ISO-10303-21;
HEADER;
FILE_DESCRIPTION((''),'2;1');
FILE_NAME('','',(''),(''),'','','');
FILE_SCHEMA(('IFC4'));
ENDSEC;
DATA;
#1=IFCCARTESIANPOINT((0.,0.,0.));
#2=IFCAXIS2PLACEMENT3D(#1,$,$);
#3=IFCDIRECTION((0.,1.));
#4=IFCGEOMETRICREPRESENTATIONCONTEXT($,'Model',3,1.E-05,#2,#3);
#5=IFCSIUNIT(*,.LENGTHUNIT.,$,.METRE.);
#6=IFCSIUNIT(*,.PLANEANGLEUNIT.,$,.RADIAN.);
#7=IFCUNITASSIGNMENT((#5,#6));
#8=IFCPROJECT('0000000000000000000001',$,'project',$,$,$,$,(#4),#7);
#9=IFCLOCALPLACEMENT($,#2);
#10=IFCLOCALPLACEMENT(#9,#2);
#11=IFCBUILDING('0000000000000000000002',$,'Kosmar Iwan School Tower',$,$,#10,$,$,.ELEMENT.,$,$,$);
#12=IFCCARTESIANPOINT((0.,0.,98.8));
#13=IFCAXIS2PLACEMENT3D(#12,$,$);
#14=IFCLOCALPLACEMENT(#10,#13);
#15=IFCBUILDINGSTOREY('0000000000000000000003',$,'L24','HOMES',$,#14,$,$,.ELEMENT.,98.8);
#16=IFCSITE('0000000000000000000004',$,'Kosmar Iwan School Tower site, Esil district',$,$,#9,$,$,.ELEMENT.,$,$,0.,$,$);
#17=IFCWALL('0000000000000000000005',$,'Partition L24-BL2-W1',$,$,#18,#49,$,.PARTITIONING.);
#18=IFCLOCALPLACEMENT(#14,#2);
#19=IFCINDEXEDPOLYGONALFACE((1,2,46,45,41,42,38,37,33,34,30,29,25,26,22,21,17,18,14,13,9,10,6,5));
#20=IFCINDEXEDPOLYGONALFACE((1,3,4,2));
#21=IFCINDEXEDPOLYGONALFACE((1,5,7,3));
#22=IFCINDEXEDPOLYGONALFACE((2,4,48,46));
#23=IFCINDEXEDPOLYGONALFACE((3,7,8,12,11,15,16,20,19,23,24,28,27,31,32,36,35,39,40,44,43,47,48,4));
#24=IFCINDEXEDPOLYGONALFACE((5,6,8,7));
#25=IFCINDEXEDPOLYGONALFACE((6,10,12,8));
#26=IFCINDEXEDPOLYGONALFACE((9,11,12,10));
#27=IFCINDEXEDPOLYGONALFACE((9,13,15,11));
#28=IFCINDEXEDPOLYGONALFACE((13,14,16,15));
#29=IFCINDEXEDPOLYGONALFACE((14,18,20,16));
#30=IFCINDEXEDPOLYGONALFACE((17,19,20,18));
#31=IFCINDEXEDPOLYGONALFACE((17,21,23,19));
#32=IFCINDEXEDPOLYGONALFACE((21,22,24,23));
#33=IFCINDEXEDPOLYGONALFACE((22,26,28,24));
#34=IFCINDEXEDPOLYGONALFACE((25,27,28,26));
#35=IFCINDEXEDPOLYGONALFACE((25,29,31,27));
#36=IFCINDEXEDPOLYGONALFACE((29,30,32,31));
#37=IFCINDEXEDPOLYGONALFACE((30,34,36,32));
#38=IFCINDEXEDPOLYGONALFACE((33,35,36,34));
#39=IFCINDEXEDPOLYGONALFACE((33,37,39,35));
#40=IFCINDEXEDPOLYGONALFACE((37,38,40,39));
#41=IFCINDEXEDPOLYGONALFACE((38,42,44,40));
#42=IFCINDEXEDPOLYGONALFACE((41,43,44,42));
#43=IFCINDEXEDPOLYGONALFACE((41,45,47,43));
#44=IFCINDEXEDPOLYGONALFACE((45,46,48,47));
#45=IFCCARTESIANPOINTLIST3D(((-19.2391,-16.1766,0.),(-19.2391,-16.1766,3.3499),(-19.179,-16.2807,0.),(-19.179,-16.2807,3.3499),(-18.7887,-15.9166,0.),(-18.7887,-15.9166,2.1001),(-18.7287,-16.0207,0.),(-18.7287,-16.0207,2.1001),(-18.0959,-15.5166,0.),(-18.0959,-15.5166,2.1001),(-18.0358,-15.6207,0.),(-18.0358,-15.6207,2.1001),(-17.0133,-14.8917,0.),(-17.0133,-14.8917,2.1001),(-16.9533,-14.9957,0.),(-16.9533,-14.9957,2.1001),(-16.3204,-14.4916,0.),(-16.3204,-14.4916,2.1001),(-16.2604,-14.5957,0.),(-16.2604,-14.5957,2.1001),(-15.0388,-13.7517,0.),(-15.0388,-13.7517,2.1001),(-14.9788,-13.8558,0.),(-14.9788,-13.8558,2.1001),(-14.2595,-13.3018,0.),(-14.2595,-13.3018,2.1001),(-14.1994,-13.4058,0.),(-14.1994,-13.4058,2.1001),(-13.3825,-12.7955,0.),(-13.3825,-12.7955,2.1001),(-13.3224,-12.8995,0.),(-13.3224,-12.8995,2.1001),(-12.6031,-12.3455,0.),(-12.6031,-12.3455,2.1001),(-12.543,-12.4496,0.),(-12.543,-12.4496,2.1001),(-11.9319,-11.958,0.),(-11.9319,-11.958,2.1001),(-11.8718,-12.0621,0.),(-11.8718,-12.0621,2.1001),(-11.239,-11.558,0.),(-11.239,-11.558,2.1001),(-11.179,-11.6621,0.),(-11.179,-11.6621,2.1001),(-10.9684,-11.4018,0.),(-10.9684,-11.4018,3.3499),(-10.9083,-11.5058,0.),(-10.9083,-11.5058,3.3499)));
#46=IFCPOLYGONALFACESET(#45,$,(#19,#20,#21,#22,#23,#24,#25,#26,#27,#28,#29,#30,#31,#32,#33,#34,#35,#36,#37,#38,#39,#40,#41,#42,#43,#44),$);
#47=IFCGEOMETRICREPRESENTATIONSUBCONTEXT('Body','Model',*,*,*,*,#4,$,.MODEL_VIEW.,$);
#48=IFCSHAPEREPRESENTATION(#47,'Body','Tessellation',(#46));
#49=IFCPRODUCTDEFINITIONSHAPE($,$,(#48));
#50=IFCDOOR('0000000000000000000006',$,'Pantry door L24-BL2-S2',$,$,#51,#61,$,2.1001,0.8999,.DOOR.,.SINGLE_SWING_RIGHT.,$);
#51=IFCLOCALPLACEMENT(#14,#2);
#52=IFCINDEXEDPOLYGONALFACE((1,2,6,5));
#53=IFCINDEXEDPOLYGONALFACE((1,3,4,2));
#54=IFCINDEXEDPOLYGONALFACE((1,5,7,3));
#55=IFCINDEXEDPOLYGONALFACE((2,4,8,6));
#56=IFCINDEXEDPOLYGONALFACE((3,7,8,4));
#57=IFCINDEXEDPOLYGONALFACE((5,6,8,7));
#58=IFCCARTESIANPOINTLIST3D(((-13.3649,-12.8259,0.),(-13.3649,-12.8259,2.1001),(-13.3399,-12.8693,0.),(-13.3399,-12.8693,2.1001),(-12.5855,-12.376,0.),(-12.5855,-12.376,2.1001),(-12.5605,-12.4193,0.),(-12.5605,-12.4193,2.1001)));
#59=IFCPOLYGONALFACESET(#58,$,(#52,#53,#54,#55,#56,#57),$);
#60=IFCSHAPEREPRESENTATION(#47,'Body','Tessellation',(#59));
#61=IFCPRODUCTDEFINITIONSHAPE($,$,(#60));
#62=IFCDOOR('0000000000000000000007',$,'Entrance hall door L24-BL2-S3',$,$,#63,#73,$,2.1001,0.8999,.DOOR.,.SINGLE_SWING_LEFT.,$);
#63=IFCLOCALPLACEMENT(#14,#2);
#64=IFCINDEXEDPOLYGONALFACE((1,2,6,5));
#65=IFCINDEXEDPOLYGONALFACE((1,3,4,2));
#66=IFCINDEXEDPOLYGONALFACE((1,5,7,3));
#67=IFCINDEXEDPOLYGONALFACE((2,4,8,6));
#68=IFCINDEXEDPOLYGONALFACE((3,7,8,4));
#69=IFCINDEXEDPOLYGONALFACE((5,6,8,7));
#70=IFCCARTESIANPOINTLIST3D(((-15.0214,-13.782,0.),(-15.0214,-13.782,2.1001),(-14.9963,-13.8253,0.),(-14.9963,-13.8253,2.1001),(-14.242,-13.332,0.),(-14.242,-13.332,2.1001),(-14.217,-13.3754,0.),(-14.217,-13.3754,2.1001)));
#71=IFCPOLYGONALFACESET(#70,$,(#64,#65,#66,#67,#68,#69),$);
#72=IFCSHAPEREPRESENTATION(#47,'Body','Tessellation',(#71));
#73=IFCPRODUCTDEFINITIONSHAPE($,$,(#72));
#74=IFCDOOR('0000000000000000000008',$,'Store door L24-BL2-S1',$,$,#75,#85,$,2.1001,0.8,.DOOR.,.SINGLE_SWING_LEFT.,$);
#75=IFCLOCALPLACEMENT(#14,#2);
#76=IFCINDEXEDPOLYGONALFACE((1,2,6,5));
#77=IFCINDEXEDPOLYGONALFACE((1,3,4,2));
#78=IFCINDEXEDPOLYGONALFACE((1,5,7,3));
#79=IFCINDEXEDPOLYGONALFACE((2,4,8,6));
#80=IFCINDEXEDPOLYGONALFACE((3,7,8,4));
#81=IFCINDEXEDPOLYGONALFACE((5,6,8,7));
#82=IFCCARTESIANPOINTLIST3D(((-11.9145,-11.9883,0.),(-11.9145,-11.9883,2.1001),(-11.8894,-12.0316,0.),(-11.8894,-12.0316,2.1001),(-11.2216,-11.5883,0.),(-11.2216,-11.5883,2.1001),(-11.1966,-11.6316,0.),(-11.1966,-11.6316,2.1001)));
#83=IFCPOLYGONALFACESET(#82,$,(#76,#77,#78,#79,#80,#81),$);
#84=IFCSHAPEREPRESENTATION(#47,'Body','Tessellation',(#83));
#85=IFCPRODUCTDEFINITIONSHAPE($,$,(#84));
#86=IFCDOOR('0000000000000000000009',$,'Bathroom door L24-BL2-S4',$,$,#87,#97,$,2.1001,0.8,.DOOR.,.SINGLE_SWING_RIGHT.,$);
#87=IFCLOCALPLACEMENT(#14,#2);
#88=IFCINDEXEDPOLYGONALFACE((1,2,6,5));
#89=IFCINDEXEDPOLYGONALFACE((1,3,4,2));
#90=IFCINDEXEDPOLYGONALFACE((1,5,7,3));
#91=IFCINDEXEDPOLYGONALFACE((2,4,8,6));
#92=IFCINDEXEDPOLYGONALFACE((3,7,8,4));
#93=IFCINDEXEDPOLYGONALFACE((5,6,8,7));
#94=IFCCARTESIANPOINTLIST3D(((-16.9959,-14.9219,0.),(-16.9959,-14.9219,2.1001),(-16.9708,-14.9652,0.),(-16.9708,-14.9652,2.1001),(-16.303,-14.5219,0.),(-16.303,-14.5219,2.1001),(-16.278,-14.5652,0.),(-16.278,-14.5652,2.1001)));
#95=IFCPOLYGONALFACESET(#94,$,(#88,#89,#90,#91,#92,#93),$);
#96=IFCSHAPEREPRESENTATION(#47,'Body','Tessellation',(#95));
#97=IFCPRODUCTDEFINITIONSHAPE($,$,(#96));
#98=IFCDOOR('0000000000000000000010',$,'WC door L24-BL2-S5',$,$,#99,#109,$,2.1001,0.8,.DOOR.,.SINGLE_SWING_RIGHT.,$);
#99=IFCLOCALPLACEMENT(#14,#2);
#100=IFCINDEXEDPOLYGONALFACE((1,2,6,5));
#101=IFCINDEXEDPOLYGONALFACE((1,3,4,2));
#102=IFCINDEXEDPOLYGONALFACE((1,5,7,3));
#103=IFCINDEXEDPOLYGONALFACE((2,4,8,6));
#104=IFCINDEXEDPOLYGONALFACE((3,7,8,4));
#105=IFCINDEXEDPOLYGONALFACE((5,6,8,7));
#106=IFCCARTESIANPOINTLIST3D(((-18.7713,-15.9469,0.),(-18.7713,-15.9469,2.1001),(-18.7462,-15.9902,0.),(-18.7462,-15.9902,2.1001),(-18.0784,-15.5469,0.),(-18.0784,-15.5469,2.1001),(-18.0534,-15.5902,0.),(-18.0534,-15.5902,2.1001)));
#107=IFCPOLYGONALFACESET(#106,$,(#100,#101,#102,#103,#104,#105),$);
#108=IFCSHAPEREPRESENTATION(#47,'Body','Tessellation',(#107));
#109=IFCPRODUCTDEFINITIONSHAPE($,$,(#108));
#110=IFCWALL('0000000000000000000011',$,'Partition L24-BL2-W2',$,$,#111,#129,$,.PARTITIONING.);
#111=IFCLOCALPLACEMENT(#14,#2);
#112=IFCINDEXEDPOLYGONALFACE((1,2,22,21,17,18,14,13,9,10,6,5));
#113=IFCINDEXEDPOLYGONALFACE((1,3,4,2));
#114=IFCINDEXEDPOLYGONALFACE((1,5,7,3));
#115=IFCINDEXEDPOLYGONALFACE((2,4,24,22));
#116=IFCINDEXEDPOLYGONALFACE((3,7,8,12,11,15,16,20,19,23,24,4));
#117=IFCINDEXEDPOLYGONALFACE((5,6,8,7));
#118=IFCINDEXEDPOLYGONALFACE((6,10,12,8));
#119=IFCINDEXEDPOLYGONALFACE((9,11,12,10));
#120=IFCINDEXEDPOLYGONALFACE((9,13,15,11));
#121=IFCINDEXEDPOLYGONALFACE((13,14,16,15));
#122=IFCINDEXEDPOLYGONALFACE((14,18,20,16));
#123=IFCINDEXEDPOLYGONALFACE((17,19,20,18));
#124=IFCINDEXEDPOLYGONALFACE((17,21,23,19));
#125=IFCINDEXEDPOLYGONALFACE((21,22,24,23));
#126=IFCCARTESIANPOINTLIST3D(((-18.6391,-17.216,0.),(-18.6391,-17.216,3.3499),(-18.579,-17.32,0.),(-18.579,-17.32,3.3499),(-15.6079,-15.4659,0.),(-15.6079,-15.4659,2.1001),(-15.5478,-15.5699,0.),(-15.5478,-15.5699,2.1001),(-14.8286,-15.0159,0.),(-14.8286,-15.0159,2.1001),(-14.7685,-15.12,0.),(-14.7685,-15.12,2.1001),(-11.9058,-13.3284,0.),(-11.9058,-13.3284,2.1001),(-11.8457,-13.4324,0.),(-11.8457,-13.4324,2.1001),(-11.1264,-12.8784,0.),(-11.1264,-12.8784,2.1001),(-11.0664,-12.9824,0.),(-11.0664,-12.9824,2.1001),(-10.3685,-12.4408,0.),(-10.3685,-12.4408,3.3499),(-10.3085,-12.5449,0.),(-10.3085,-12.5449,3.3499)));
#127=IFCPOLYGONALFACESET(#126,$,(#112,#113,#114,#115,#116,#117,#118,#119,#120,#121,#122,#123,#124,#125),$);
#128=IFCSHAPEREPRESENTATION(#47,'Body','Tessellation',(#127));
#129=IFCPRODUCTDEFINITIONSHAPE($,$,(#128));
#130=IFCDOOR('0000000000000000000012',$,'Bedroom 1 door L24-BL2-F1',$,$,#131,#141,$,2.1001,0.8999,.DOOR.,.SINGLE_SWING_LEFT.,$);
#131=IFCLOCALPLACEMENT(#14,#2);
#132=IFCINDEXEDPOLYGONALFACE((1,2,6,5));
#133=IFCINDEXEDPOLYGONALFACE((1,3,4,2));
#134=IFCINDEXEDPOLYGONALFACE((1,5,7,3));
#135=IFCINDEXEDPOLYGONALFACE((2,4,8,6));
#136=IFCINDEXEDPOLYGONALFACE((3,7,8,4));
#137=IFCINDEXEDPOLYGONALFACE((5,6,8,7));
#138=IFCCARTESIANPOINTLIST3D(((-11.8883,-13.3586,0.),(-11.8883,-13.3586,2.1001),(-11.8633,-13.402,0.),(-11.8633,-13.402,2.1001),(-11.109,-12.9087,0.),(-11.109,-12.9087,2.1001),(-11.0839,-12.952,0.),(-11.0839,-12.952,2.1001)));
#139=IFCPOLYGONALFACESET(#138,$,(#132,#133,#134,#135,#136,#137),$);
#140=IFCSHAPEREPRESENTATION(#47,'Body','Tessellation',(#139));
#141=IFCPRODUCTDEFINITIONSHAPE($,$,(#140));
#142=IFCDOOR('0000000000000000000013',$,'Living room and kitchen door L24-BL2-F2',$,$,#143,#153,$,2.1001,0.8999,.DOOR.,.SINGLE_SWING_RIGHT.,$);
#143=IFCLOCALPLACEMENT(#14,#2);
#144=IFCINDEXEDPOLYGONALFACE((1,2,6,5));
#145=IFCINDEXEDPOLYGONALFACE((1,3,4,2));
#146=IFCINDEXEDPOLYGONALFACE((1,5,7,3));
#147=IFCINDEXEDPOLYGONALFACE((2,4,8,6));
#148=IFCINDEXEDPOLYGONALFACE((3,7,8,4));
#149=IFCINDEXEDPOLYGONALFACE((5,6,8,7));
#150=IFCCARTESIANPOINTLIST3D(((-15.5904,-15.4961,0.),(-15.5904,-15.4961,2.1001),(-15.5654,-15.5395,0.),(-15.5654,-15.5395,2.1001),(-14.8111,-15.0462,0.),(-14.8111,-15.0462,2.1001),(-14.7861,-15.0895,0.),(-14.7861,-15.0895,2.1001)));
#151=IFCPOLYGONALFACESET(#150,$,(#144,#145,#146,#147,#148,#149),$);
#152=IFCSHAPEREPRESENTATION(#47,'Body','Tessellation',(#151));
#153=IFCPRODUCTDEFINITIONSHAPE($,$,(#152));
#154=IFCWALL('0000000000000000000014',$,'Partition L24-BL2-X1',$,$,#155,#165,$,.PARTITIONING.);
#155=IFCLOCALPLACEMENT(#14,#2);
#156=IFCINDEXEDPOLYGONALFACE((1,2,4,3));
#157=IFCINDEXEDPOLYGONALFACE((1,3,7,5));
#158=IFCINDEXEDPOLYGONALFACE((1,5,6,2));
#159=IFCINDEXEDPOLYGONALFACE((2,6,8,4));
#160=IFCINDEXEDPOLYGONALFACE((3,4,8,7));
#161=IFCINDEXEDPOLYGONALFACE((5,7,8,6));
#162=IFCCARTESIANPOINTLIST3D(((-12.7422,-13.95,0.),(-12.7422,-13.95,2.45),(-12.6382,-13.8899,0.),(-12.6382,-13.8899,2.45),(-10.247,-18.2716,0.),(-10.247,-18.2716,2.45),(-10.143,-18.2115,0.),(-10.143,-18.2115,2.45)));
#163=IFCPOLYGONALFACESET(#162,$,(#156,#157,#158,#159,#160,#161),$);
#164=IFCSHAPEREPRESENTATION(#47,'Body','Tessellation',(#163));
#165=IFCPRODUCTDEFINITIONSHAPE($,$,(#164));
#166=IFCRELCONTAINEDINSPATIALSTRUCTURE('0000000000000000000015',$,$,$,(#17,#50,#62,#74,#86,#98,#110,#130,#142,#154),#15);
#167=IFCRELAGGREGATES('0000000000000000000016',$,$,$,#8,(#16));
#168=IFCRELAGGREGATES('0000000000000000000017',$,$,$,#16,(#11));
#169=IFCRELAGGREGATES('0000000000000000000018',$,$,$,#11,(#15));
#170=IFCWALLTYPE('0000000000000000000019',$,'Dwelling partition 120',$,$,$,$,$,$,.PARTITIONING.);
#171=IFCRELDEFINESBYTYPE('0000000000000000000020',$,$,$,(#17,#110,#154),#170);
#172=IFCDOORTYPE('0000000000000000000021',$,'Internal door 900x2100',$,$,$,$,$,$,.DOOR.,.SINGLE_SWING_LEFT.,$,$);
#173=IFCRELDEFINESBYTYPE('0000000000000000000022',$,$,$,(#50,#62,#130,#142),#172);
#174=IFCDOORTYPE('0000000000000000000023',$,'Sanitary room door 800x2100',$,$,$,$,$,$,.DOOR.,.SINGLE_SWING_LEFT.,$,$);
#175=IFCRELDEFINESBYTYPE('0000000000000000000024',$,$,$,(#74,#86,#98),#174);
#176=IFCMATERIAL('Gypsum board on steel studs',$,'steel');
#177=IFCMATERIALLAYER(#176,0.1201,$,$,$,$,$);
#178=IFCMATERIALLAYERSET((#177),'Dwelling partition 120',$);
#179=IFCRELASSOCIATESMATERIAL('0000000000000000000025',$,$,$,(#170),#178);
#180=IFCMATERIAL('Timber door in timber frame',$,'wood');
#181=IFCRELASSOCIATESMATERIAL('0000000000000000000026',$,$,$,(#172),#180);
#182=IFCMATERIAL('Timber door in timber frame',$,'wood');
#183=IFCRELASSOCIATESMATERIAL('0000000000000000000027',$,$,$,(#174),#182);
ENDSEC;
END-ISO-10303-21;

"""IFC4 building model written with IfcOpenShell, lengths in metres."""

from ifc_helpers import new_model, si_unit, direction, frame, frame_2d, origin, place, context, subcontext, project, spatial, rectangle, extrude, material, layer, layer_set, type_object, element, fill, save


model = new_model("IFC4")

# Units and contexts
model_context = context("Model", 3, precision=1e-05, world=origin(), true_north=direction((0.0, 1.0)))
body_context = subcontext(model_context, "Body", "Model", "MODEL_VIEW")
ifc_project = project(units=[si_unit("LENGTHUNIT", "METRE"), si_unit("PLANEANGLEUNIT", "RADIAN")], contexts=[model_context])

# Site, building, storey
site_placement = place(None, origin())
site = spatial("IfcSite", under=ifc_project, at=site_placement, Name="Kosmar Iwan School Tower site, Esil district", CompositionType="ELEMENT", RefElevation=0.0)
building_placement = place(site_placement, origin())
building = spatial("IfcBuilding", under=site, at=building_placement, Name="Kosmar Iwan School Tower", CompositionType="ELEMENT")
storey_placement = place(building_placement, frame((0.0, 0.0, 98.8)))
storey = spatial("IfcBuildingStorey", under=building, at=storey_placement, Name="L24", Description="HOMES", CompositionType="ELEMENT", Elevation=98.8)

# Shared definitions
ifc_material_1 = material(Name="Gypsum board on steel studs", Category="steel")
ifc_layer_1 = layer(ifc_material_1, 0.1201)
ifc_layer_set_1 = layer_set([ifc_layer_1], Name="Dwelling partition 120")
wall_type_1 = type_object("IfcWallType", Name="Dwelling partition 120", PredefinedType="PARTITIONING", material=ifc_layer_set_1)
ifc_material_2 = material(Name="Timber door in timber frame", Category="wood")
door_type_1 = type_object("IfcDoorType", Name="Internal door 900x2100", OperationType="SINGLE_SWING_LEFT", PredefinedType="DOOR", material=ifc_material_2)
ifc_material_3 = material(Name="Timber door in timber frame", Category="wood")
door_type_2 = type_object("IfcDoorType", Name="Sanitary room door 800x2100", OperationType="SINGLE_SWING_LEFT", PredefinedType="DOOR", material=ifc_material_3)

# Walls, openings, doors
wall_1_placement = place(storey_placement, frame((-10.9385, -11.4539, 0.0), z_axis=(0.0, 0.0, 1.0), x_axis=(-0.866035, -0.499983, 0.0)))
wall_1 = element("IfcWall", 1, at=wall_1_placement, inside=storey, type_object=wall_type_1, Name="Partition L24-BL2-W1", PredefinedType="PARTITIONING", context=body_context, shape_type="SweptSolid", body=[
    extrude(rectangle(XDim=9.55, YDim=0.1201, at=frame_2d((4.7749, 0.0))), origin(), (0.0, 0.0, 1.0), 3.3499),
])
opening_1_placement = place(wall_1_placement, frame((0.3125, 0.0, 0.0)))
opening_1 = element("IfcOpeningElement", 2, at=opening_1_placement, cuts=wall_1, PredefinedType="OPENING", context=body_context, shape_type="SweptSolid", body=[
    extrude(rectangle(XDim=0.8, YDim=2.1001, at=frame_2d((0.3999, 1.05))), frame((0.0, 0.072, 0.0), z_axis=(0.0, -1.0, 0.0), x_axis=(1.0, 0.0, 0.0)), (0.0, 0.0, 1.0), 0.144),
])
opening_2_placement = place(wall_1_placement, frame((1.8875, 0.0, 0.0)))
opening_2 = element("IfcOpeningElement", 3, at=opening_2_placement, cuts=wall_1, PredefinedType="OPENING", context=body_context, shape_type="SweptSolid", body=[
    extrude(rectangle(XDim=0.8999, YDim=2.1001, at=frame_2d((0.45, 1.05))), frame((0.0, 0.072, 0.0), z_axis=(0.0, -1.0, 0.0), x_axis=(1.0, 0.0, 0.0)), (0.0, 0.0, 1.0), 0.144),
])
opening_3_placement = place(wall_1_placement, frame((3.8, 0.0, 0.0)))
opening_3 = element("IfcOpeningElement", 4, at=opening_3_placement, cuts=wall_1, PredefinedType="OPENING", context=body_context, shape_type="SweptSolid", body=[
    extrude(rectangle(XDim=0.8999, YDim=2.1001, at=frame_2d((0.45, 1.05))), frame((0.0, 0.072, 0.0), z_axis=(0.0, -1.0, 0.0), x_axis=(1.0, 0.0, 0.0)), (0.0, 0.0, 1.0), 0.144),
])
opening_4_placement = place(wall_1_placement, frame((6.1799, 0.0, 0.0)))
opening_4 = element("IfcOpeningElement", 5, at=opening_4_placement, cuts=wall_1, PredefinedType="OPENING", context=body_context, shape_type="SweptSolid", body=[
    extrude(rectangle(XDim=0.8, YDim=2.1001, at=frame_2d((0.3999, 1.05))), frame((0.0, 0.072, 0.0), z_axis=(0.0, -1.0, 0.0), x_axis=(1.0, 0.0, 0.0)), (0.0, 0.0, 1.0), 0.144),
])
opening_5_placement = place(wall_1_placement, frame((8.23, 0.0, 0.0)))
opening_5 = element("IfcOpeningElement", 6, at=opening_5_placement, cuts=wall_1, PredefinedType="OPENING", context=body_context, shape_type="SweptSolid", body=[
    extrude(rectangle(XDim=0.8, YDim=2.1001, at=frame_2d((0.3999, 1.05))), frame((0.0, 0.072, 0.0), z_axis=(0.0, -1.0, 0.0), x_axis=(1.0, 0.0, 0.0)), (0.0, 0.0, 1.0), 0.144),
])
door_1_placement = place(opening_2_placement, frame((0.8999, 0.0, 0.0), z_axis=(0.0, 0.0, 1.0), x_axis=(-1.0, 0.0, 0.0)))
door_1 = element("IfcDoor", 7, at=door_1_placement, inside=storey, type_object=door_type_1, Name="Pantry door L24-BL2-S2", OperationType="SINGLE_SWING_RIGHT", OverallHeight=2.1001, OverallWidth=0.8999, PredefinedType="DOOR", context=body_context, shape_type="SweptSolid", body=[
    extrude(rectangle(XDim=0.8999, YDim=2.1001, at=frame_2d((0.45, 1.05))), frame((0.0, 0.0249, 0.0), z_axis=(0.0, -1.0, 0.0), x_axis=(1.0, 0.0, 0.0)), (0.0, 0.0, 1.0), 0.05),
])
fill(opening_2, door_1)
door_2_placement = place(opening_3_placement, origin())
door_2 = element("IfcDoor", 8, at=door_2_placement, inside=storey, type_object=door_type_1, Name="Entrance hall door L24-BL2-S3", OperationType="SINGLE_SWING_LEFT", OverallHeight=2.1001, OverallWidth=0.8999, PredefinedType="DOOR", context=body_context, shape_type="SweptSolid", body=[
    extrude(rectangle(XDim=0.8999, YDim=2.1001, at=frame_2d((0.45, 1.05))), frame((0.0, 0.0249, 0.0), z_axis=(0.0, -1.0, 0.0), x_axis=(1.0, 0.0, 0.0)), (0.0, 0.0, 1.0), 0.05),
])
fill(opening_3, door_2)
door_3_placement = place(opening_1_placement, origin())
door_3 = element("IfcDoor", 9, at=door_3_placement, inside=storey, type_object=door_type_2, Name="Store door L24-BL2-S1", OperationType="SINGLE_SWING_LEFT", OverallHeight=2.1001, OverallWidth=0.8, PredefinedType="DOOR", context=body_context, shape_type="SweptSolid", body=[
    extrude(rectangle(XDim=0.8, YDim=2.1001, at=frame_2d((0.3999, 1.05))), frame((0.0, 0.0249, 0.0), z_axis=(0.0, -1.0, 0.0), x_axis=(1.0, 0.0, 0.0)), (0.0, 0.0, 1.0), 0.05),
])
fill(opening_1, door_3)
door_4_placement = place(opening_4_placement, origin())
door_4 = element("IfcDoor", 10, at=door_4_placement, inside=storey, type_object=door_type_2, Name="Bathroom door L24-BL2-S4", OperationType="SINGLE_SWING_RIGHT", OverallHeight=2.1001, OverallWidth=0.8, PredefinedType="DOOR", context=body_context, shape_type="SweptSolid", body=[
    extrude(rectangle(XDim=0.8, YDim=2.1001, at=frame_2d((0.3999, 1.05))), frame((0.0, 0.0249, 0.0), z_axis=(0.0, -1.0, 0.0), x_axis=(1.0, 0.0, 0.0)), (0.0, 0.0, 1.0), 0.05),
])
fill(opening_4, door_4)
door_5_placement = place(opening_5_placement, origin())
door_5 = element("IfcDoor", 11, at=door_5_placement, inside=storey, type_object=door_type_2, Name="WC door L24-BL2-S5", OperationType="SINGLE_SWING_RIGHT", OverallHeight=2.1001, OverallWidth=0.8, PredefinedType="DOOR", context=body_context, shape_type="SweptSolid", body=[
    extrude(rectangle(XDim=0.8, YDim=2.1001, at=frame_2d((0.3999, 1.05))), frame((0.0, 0.0249, 0.0), z_axis=(0.0, -1.0, 0.0), x_axis=(1.0, 0.0, 0.0)), (0.0, 0.0, 1.0), 0.05),
])
fill(opening_5, door_5)
wall_2_placement = place(storey_placement, frame((-10.3386, -12.4929, 0.0), z_axis=(0.0, 0.0, 1.0), x_axis=(-0.866018, -0.500013, 0.0)))
wall_2 = element("IfcWall", 12, at=wall_2_placement, inside=storey, type_object=wall_type_1, Name="Partition L24-BL2-W2", PredefinedType="PARTITIONING", context=body_context, shape_type="SweptSolid", body=[
    extrude(rectangle(XDim=9.55, YDim=0.1201, at=frame_2d((4.7749, 0.0))), origin(), (0.0, 0.0, 1.0), 3.3499),
])
opening_6_placement = place(wall_2_placement, frame((0.875, 0.0, 0.0)))
opening_6 = element("IfcOpeningElement", 13, at=opening_6_placement, cuts=wall_2, PredefinedType="OPENING", context=body_context, shape_type="SweptSolid", body=[
    extrude(rectangle(XDim=0.8999, YDim=2.1001, at=frame_2d((0.45, 1.05))), frame((0.0, 0.072, 0.0), z_axis=(0.0, -1.0, 0.0), x_axis=(1.0, 0.0, 0.0)), (0.0, 0.0, 1.0), 0.144),
])
opening_7_placement = place(wall_2_placement, frame((5.1499, 0.0, 0.0)))
opening_7 = element("IfcOpeningElement", 14, at=opening_7_placement, cuts=wall_2, PredefinedType="OPENING", context=body_context, shape_type="SweptSolid", body=[
    extrude(rectangle(XDim=0.8999, YDim=2.1001, at=frame_2d((0.45, 1.05))), frame((0.0, 0.072, 0.0), z_axis=(0.0, -1.0, 0.0), x_axis=(1.0, 0.0, 0.0)), (0.0, 0.0, 1.0), 0.144),
])
door_6_placement = place(opening_6_placement, origin())
door_6 = element("IfcDoor", 15, at=door_6_placement, inside=storey, type_object=door_type_1, Name="Bedroom 1 door L24-BL2-F1", OperationType="SINGLE_SWING_LEFT", OverallHeight=2.1001, OverallWidth=0.8999, PredefinedType="DOOR", context=body_context, shape_type="SweptSolid", body=[
    extrude(rectangle(XDim=0.8999, YDim=2.1001, at=frame_2d((0.45, 1.05))), frame((0.0, 0.0249, 0.0), z_axis=(0.0, -1.0, 0.0), x_axis=(1.0, 0.0, 0.0)), (0.0, 0.0, 1.0), 0.05),
])
fill(opening_6, door_6)
door_7_placement = place(opening_7_placement, origin())
door_7 = element("IfcDoor", 16, at=door_7_placement, inside=storey, type_object=door_type_1, Name="Living room and kitchen door L24-BL2-F2", OperationType="SINGLE_SWING_RIGHT", OverallHeight=2.1001, OverallWidth=0.8999, PredefinedType="DOOR", context=body_context, shape_type="SweptSolid", body=[
    extrude(rectangle(XDim=0.8999, YDim=2.1001, at=frame_2d((0.45, 1.05))), frame((0.0, 0.0249, 0.0), z_axis=(0.0, -1.0, 0.0), x_axis=(1.0, 0.0, 0.0)), (0.0, 0.0, 1.0), 0.05),
])
fill(opening_7, door_7)

# Wall
wall_3_placement = place(storey_placement, frame((-12.6902, -13.9199, 0.0), z_axis=(0.0, 0.0, 1.0), x_axis=(0.500012, -0.866019, 0.0)))
element("IfcWall", 17, at=wall_3_placement, inside=storey, type_object=wall_type_1, Name="Partition L24-BL2-X1", PredefinedType="PARTITIONING", context=body_context, shape_type="SweptSolid", body=[
    extrude(rectangle(XDim=4.9902, YDim=0.1201, at=frame_2d((2.4951, 0.0))), origin(), (0.0, 0.0, 1.0), 2.45),
])

save(model, "model.ifc")
